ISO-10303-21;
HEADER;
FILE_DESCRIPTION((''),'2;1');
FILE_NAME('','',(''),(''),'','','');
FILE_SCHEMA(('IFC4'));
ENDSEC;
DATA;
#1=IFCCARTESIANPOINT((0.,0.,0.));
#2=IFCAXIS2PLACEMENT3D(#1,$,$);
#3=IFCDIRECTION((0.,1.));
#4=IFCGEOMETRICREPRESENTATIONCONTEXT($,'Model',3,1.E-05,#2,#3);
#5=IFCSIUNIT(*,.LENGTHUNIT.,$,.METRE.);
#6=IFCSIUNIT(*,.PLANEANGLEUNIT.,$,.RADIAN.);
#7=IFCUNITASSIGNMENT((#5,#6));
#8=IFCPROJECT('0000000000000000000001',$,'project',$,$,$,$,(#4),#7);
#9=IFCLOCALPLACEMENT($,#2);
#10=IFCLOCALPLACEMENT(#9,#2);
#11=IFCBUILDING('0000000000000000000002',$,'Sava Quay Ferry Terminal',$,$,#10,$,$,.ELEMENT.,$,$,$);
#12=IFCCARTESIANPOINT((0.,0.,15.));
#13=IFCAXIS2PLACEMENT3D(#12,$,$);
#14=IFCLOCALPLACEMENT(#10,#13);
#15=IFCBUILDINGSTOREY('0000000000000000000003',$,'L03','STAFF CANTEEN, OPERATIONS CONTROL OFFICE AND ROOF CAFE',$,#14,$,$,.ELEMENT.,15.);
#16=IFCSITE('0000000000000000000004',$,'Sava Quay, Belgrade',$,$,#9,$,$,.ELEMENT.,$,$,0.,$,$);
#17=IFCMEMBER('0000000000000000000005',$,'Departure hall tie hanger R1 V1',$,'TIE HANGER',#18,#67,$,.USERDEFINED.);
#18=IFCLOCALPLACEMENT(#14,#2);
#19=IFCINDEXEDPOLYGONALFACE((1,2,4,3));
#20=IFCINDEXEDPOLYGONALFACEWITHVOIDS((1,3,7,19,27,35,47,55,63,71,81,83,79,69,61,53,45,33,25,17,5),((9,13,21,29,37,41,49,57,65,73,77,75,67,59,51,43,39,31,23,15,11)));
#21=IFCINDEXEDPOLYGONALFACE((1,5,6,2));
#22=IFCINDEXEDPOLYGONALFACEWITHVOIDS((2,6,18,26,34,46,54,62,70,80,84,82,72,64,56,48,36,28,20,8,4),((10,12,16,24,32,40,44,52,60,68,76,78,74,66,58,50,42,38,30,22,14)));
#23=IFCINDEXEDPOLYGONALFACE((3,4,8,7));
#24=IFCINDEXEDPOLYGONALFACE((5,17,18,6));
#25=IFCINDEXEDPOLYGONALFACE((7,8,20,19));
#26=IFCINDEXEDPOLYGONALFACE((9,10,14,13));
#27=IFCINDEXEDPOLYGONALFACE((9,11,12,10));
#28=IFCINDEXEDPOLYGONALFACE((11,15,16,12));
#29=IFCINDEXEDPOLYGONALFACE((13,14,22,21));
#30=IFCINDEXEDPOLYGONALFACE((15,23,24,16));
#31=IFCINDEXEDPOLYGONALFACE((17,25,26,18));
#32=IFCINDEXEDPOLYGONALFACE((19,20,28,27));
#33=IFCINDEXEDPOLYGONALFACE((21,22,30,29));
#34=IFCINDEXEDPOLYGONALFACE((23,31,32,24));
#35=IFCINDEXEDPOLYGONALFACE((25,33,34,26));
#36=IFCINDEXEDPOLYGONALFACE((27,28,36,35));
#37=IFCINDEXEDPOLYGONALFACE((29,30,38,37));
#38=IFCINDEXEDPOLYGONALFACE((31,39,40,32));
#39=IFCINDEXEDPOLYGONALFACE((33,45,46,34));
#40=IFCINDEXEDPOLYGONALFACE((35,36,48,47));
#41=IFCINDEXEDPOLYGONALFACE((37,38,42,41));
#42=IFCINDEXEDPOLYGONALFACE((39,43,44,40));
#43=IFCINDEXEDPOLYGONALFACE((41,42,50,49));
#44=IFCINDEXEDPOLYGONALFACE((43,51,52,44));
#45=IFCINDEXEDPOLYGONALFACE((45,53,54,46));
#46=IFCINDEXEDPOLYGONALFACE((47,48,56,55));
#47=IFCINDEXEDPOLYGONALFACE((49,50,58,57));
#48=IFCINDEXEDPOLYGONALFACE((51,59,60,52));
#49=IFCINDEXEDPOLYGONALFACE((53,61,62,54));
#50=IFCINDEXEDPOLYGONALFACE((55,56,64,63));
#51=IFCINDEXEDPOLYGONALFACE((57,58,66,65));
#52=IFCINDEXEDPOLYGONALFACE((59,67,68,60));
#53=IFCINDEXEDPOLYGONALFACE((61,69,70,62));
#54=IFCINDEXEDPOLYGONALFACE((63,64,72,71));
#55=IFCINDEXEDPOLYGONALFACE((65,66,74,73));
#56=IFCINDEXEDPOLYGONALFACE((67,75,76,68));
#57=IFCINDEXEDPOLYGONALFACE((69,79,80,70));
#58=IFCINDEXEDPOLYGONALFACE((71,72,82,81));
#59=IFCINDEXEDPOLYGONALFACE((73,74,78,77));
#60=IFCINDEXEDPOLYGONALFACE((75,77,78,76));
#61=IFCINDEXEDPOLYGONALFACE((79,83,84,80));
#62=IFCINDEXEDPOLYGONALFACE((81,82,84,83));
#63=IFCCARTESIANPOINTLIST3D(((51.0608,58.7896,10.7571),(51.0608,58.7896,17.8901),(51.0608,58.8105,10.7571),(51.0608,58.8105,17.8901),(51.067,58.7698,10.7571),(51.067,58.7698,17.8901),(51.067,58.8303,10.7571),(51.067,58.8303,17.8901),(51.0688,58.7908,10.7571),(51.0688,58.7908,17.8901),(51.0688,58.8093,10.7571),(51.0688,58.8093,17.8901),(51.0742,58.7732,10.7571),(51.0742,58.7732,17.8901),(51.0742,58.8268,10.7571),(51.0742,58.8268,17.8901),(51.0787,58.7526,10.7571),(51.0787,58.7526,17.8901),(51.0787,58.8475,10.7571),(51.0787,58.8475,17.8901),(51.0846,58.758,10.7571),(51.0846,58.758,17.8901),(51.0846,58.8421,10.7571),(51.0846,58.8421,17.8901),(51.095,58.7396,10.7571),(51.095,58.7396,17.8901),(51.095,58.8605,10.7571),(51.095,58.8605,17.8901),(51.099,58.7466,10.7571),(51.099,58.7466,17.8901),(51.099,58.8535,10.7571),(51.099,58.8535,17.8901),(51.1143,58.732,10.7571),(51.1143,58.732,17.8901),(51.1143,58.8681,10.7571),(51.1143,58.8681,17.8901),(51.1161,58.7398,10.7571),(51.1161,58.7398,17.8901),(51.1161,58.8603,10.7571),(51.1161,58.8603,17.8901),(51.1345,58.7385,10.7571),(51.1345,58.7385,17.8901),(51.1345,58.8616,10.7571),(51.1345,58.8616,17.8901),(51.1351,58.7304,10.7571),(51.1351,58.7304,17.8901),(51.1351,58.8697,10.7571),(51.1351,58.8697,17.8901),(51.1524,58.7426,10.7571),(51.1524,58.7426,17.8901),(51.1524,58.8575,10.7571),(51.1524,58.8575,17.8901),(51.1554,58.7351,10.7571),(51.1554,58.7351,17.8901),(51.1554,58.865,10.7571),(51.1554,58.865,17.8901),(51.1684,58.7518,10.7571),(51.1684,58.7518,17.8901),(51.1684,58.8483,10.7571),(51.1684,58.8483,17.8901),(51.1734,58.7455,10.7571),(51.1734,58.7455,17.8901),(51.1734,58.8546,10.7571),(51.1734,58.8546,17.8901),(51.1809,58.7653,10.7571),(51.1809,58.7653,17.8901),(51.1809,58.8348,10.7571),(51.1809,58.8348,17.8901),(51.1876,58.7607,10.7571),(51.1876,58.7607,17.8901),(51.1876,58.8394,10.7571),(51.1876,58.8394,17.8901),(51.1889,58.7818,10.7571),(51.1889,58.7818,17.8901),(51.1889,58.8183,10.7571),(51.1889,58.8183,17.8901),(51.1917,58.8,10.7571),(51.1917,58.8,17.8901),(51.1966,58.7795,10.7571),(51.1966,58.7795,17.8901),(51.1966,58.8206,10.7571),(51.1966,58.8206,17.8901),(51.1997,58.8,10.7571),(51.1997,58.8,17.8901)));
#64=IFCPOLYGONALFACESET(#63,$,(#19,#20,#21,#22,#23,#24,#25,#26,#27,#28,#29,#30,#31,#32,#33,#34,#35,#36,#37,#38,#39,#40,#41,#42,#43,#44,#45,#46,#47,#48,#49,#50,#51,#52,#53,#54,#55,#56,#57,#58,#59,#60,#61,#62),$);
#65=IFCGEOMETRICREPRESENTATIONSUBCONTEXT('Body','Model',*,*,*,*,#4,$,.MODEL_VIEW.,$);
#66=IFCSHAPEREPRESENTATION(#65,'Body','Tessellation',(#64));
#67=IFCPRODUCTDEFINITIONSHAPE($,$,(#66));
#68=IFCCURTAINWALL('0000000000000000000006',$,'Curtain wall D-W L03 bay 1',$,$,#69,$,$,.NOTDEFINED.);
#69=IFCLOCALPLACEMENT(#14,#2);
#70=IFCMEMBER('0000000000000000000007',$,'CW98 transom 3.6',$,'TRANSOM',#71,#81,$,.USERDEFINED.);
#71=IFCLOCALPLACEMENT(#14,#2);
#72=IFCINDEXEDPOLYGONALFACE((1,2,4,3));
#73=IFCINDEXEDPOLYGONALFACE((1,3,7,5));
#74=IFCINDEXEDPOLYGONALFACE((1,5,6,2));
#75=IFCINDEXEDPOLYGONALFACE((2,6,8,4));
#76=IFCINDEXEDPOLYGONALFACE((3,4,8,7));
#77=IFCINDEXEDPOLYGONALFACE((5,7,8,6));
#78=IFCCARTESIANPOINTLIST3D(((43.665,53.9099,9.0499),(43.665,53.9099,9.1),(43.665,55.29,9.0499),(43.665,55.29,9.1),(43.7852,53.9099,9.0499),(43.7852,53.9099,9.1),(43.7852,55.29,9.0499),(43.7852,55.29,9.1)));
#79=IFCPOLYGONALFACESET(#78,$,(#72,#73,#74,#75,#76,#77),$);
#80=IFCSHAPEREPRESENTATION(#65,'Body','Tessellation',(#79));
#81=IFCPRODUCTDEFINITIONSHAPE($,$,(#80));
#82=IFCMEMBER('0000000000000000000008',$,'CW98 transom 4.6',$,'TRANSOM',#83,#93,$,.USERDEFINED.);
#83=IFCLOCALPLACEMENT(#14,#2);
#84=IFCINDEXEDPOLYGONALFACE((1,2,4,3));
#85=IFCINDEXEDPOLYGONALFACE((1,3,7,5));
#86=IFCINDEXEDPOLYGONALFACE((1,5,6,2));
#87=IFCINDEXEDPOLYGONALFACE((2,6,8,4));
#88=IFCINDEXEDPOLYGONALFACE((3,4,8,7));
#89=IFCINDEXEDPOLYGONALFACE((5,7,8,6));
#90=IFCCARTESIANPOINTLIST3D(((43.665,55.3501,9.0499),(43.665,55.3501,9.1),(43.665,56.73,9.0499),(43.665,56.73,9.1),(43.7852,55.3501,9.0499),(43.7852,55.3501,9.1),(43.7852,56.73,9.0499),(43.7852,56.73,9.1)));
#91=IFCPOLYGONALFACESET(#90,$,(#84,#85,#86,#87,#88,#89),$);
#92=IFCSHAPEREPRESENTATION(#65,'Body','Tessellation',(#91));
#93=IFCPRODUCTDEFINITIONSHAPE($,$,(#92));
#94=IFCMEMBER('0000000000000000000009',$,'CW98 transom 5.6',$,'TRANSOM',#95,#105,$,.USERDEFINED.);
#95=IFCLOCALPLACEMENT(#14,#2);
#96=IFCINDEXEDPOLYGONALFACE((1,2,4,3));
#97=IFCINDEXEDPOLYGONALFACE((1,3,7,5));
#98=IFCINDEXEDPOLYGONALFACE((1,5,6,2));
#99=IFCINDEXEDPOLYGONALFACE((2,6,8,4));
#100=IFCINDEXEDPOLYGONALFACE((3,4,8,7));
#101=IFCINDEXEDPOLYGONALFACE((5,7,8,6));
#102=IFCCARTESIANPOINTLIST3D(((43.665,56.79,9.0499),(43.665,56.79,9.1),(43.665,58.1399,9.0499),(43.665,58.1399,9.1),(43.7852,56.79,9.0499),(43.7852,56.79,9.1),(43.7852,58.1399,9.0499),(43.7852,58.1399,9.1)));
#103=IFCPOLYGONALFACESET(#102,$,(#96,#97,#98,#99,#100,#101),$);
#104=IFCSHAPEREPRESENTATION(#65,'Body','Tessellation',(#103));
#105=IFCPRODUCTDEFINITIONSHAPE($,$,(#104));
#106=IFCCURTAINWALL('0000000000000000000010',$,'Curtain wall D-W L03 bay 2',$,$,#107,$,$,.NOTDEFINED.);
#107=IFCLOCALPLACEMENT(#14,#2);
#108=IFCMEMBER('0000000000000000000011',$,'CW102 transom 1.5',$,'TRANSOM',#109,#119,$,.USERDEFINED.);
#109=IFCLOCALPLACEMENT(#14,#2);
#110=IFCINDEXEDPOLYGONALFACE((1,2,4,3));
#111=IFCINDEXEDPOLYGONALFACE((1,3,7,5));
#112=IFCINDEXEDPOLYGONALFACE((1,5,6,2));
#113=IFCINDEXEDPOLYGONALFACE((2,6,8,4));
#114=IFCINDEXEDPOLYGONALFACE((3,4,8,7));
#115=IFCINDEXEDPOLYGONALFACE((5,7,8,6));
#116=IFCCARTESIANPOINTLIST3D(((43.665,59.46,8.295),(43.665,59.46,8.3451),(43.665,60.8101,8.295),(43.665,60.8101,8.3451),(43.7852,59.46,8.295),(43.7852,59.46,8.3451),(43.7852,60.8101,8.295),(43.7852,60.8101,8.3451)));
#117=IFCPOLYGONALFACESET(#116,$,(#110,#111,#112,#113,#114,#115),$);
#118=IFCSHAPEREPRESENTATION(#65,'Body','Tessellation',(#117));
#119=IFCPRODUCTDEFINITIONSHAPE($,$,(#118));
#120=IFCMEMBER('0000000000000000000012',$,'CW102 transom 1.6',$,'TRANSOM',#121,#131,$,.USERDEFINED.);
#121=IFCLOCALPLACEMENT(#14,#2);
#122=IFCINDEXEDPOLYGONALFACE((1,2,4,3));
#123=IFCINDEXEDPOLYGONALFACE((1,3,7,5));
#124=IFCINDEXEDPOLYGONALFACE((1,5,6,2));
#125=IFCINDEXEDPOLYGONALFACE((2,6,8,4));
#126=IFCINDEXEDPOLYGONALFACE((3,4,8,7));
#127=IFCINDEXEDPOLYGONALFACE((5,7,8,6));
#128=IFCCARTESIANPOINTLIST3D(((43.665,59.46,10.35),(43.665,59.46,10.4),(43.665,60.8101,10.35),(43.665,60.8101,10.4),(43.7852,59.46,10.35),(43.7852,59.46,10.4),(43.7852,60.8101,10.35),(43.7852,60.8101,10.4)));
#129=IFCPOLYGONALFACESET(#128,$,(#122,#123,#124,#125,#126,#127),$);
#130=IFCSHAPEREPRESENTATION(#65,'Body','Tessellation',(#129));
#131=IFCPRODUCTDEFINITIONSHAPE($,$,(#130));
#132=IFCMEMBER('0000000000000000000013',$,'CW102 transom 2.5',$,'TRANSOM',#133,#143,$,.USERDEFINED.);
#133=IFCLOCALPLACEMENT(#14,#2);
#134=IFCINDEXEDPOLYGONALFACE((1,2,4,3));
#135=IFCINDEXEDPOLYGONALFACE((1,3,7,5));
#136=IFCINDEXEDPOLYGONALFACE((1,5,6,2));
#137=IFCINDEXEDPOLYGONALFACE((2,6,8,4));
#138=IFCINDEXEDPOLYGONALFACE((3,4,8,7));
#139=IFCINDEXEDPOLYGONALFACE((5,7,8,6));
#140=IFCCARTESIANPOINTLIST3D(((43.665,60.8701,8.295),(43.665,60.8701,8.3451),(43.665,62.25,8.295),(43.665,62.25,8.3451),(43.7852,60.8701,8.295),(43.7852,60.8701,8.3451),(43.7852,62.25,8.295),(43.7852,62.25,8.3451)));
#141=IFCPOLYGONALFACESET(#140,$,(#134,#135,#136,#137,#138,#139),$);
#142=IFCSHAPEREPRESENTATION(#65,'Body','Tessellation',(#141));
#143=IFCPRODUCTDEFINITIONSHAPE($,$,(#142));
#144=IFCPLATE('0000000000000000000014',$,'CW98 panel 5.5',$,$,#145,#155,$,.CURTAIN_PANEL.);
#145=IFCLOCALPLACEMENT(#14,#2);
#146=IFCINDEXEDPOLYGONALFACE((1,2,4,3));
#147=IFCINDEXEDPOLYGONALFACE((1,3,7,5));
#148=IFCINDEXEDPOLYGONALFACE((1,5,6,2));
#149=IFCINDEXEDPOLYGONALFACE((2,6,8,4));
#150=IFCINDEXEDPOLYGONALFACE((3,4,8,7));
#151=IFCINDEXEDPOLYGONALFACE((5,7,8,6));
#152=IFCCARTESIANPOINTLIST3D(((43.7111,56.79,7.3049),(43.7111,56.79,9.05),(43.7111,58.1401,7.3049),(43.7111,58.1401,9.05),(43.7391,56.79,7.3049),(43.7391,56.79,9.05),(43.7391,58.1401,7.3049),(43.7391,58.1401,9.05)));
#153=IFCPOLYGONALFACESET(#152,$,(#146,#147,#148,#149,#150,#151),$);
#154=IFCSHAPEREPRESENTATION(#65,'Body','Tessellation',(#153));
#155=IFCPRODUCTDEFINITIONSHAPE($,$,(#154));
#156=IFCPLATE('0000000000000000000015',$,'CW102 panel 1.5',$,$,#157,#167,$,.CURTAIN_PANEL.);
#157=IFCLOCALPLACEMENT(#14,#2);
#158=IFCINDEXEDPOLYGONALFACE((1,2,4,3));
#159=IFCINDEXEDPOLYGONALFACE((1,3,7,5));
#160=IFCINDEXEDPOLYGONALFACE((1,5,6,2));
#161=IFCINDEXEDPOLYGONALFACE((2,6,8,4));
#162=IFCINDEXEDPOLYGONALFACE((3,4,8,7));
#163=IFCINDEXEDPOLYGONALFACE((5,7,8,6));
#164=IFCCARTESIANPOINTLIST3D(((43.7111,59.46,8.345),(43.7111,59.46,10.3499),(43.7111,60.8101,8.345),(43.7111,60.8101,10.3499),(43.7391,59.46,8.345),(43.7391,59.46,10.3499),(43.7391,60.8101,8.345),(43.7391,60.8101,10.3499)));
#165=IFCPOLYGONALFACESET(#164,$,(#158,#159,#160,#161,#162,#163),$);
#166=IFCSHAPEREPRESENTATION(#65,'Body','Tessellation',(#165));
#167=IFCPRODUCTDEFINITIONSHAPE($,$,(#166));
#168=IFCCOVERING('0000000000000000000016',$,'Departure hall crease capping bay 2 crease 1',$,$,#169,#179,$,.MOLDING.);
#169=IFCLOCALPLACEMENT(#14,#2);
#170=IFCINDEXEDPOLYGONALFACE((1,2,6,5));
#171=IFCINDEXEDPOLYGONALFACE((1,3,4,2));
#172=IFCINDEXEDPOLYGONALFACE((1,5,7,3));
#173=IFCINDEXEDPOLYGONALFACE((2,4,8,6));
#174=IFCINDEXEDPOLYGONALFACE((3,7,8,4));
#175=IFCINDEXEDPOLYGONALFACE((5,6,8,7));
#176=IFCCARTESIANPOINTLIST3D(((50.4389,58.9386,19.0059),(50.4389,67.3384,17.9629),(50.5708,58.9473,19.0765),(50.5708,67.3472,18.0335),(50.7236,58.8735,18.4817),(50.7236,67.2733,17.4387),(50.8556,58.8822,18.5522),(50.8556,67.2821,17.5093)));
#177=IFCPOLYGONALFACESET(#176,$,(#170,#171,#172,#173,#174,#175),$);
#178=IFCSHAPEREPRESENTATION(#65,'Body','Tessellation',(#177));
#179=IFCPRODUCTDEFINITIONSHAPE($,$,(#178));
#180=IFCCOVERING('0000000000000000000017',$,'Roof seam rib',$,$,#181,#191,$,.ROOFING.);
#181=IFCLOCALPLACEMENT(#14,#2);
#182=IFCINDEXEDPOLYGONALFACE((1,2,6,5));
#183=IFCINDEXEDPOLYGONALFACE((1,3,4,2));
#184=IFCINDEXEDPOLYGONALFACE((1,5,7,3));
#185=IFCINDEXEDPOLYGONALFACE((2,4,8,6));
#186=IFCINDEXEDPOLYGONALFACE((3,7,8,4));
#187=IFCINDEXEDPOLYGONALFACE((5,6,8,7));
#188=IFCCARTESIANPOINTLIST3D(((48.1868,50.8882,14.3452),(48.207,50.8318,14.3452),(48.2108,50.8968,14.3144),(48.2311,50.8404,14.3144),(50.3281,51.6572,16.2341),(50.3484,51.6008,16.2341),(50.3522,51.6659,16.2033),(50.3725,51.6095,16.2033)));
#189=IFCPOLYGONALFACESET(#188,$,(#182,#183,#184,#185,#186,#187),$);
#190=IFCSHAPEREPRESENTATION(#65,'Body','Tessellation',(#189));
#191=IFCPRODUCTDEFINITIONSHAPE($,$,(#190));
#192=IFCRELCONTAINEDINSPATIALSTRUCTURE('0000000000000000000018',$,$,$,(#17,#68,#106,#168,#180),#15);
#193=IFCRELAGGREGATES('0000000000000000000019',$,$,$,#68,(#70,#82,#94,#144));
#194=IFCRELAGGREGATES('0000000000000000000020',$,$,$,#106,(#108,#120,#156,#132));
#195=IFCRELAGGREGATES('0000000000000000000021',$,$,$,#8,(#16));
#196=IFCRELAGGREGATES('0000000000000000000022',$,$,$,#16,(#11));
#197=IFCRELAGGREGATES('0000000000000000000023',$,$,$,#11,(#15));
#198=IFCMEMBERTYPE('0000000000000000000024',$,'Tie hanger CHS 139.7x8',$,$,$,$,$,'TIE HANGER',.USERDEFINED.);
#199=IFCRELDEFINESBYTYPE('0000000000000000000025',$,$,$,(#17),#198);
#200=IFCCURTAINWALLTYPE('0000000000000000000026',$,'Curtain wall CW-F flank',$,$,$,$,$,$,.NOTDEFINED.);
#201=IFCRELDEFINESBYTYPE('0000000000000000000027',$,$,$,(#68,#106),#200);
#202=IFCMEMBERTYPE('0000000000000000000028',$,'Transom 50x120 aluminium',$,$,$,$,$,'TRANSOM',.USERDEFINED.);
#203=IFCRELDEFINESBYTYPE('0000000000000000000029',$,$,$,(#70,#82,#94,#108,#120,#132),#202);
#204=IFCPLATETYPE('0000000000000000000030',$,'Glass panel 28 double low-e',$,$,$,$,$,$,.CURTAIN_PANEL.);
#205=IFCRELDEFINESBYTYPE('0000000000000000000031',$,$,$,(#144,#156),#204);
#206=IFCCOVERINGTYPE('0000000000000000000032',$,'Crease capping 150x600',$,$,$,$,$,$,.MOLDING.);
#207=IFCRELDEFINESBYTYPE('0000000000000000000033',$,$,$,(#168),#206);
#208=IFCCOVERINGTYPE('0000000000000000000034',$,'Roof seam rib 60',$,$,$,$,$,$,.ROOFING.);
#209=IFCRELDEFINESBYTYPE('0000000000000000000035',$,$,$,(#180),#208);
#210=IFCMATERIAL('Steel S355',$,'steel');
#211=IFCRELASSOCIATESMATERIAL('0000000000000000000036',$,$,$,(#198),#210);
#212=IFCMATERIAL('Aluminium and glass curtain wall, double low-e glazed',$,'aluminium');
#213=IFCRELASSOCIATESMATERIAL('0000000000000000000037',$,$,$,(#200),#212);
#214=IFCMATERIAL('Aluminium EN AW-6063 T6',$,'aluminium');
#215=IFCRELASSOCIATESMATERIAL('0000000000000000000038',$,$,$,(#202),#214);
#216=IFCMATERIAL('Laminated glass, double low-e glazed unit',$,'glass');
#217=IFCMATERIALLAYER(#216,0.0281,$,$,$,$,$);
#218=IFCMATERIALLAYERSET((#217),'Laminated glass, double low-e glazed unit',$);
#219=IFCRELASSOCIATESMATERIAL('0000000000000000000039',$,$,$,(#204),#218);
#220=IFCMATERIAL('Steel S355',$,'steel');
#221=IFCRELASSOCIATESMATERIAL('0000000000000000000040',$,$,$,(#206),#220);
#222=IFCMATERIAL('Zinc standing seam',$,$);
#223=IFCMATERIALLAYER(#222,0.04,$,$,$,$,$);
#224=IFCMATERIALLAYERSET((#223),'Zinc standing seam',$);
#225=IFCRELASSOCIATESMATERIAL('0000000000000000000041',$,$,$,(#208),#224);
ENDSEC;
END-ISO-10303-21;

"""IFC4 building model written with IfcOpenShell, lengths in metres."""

from ifc_helpers import new_model, si_unit, direction, frame, origin, origin_2d, place, context, subcontext, project, spatial, polyline, rectangle, hollow_circle, outline, extrude, material, layer, layer_set, material_profile, profile_set, type_object, element, aggregate, save


model = new_model("IFC4")

# Units and contexts
model_context = context("Model", 3, precision=1e-05, world=origin(), true_north=direction((0.0, 1.0)))
body_context = subcontext(model_context, "Body", "Model", "MODEL_VIEW")
ifc_project = project(units=[si_unit("LENGTHUNIT", "METRE"), si_unit("PLANEANGLEUNIT", "RADIAN")], contexts=[model_context])

# Site, building, storey
site_placement = place(None, origin())
site = spatial("IfcSite", under=ifc_project, at=site_placement, Name="Sava Quay, Belgrade", CompositionType="ELEMENT", RefElevation=0.0)
building_placement = place(site_placement, origin())
building = spatial("IfcBuilding", under=site, at=building_placement, Name="Sava Quay Ferry Terminal", CompositionType="ELEMENT")
storey_placement = place(building_placement, frame((0.0, 0.0, 15.0)))
storey = spatial("IfcBuildingStorey", under=building, at=storey_placement, Name="L03", Description="STAFF CANTEEN, OPERATIONS CONTROL OFFICE AND ROOF CAFE", CompositionType="ELEMENT", Elevation=15.0)

# Member
ifc_material_1 = material(Name="Steel S355", Category="steel")
ifc_material_profile_1 = material_profile(ifc_material_1, hollow_circle(Radius=0.0698, WallThickness=0.0081, at=origin_2d()), Name="CHS 139.7 x 8.0")
ifc_profile_set_1 = profile_set([ifc_material_profile_1], Name="Steel S355")
member_type_1 = type_object("IfcMemberType", Name="Tie hanger CHS 139.7x8", ElementType="TIE HANGER", PredefinedType="USERDEFINED", material=ifc_profile_set_1)
member_1_placement = place(storey_placement, frame((51.1299, 58.8, 10.7571), z_axis=(0.0, 0.0, 1.0), x_axis=(1.0, 0.0, 0.0)))
element("IfcMember", 1, at=member_1_placement, inside=storey, type_object=member_type_1, Name="Departure hall tie hanger R1 V1", ObjectType="TIE HANGER", PredefinedType="USERDEFINED", context=body_context, shape_type="SweptSolid", body=[
    extrude(hollow_circle(Radius=0.0698, WallThickness=0.0081, at=origin_2d()), origin(), (0.0, 0.0, 1.0), 7.1331),
])

# Curtain walls, members
ifc_material_2 = material(Name="Aluminium and glass curtain wall, double low-e glazed", Category="aluminium")
curtain_wall_type = type_object("IfcCurtainWallType", Name="Curtain wall CW-F flank", PredefinedType="NOTDEFINED", material=ifc_material_2)
curtain_wall_1_placement = place(storey_placement, origin())
curtain_wall_1 = element("IfcCurtainWall", 2, at=curtain_wall_1_placement, inside=storey, type_object=curtain_wall_type, Name="Curtain wall D-W L03 bay 1", PredefinedType="NOTDEFINED")
ifc_material_3 = material(Name="Aluminium EN AW-6063 T6", Category="aluminium")
ifc_material_profile_2 = material_profile(ifc_material_3, rectangle(XDim=0.1201, YDim=0.05, at=origin_2d()), Name="Transom 50x120 aluminium")
ifc_profile_set_2 = profile_set([ifc_material_profile_2], Name="Aluminium EN AW-6063 T6")
member_type_2 = type_object("IfcMemberType", Name="Transom 50x120 aluminium", ElementType="TRANSOM", PredefinedType="USERDEFINED", material=ifc_profile_set_2)
member_2_placement = place(storey_placement, frame((43.7251, 53.9099, 9.075), z_axis=(0.0, 1.0, 0.0), x_axis=(-1.0, 0.0, 0.0)))
member_2 = element("IfcMember", 3, at=member_2_placement, type_object=member_type_2, Name="CW98 transom 3.6", ObjectType="TRANSOM", PredefinedType="USERDEFINED", context=body_context, shape_type="SweptSolid", body=[
    extrude(rectangle(XDim=0.1201, YDim=0.05, at=origin_2d()), origin(), (0.0, 0.0, 1.0), 1.3801),
])
member_3_placement = place(storey_placement, frame((43.7251, 55.3501, 9.075), z_axis=(0.0, 1.0, 0.0), x_axis=(-1.0, 0.0, 0.0)))
member_3 = element("IfcMember", 4, at=member_3_placement, type_object=member_type_2, Name="CW98 transom 4.6", ObjectType="TRANSOM", PredefinedType="USERDEFINED", context=body_context, shape_type="SweptSolid", body=[
    extrude(rectangle(XDim=0.1201, YDim=0.05, at=origin_2d()), origin(), (0.0, 0.0, 1.0), 1.3799),
])
member_4_placement = place(storey_placement, frame((43.7251, 56.79, 9.075), z_axis=(0.0, 1.0, 0.0), x_axis=(-1.0, 0.0, 0.0)))
member_4 = element("IfcMember", 5, at=member_4_placement, type_object=member_type_2, Name="CW98 transom 5.6", ObjectType="TRANSOM", PredefinedType="USERDEFINED", context=body_context, shape_type="SweptSolid", body=[
    extrude(rectangle(XDim=0.1201, YDim=0.05, at=origin_2d()), origin(), (0.0, 0.0, 1.0), 1.3499),
])
curtain_wall_2_placement = place(storey_placement, origin())
curtain_wall_2 = element("IfcCurtainWall", 6, at=curtain_wall_2_placement, inside=storey, type_object=curtain_wall_type, Name="Curtain wall D-W L03 bay 2", PredefinedType="NOTDEFINED")
member_5_placement = place(storey_placement, frame((43.7251, 59.46, 8.3201), z_axis=(0.0, 1.0, 0.0), x_axis=(-1.0, 0.0, 0.0)))
member_5 = element("IfcMember", 7, at=member_5_placement, type_object=member_type_2, Name="CW102 transom 1.5", ObjectType="TRANSOM", PredefinedType="USERDEFINED", context=body_context, shape_type="SweptSolid", body=[
    extrude(rectangle(XDim=0.1201, YDim=0.05, at=origin_2d()), origin(), (0.0, 0.0, 1.0), 1.3501),
])
member_6_placement = place(storey_placement, frame((43.7251, 59.46, 10.375), z_axis=(0.0, 1.0, 0.0), x_axis=(-1.0, 0.0, 0.0)))
member_6 = element("IfcMember", 8, at=member_6_placement, type_object=member_type_2, Name="CW102 transom 1.6", ObjectType="TRANSOM", PredefinedType="USERDEFINED", context=body_context, shape_type="SweptSolid", body=[
    extrude(rectangle(XDim=0.1201, YDim=0.05, at=origin_2d()), origin(), (0.0, 0.0, 1.0), 1.3501),
])
member_7_placement = place(storey_placement, frame((43.7251, 60.8701, 8.3201), z_axis=(0.0, 1.0, 0.0), x_axis=(-1.0, 0.0, 0.0)))
member_7 = element("IfcMember", 9, at=member_7_placement, type_object=member_type_2, Name="CW102 transom 2.5", ObjectType="TRANSOM", PredefinedType="USERDEFINED", context=body_context, shape_type="SweptSolid", body=[
    extrude(rectangle(XDim=0.1201, YDim=0.05, at=origin_2d()), origin(), (0.0, 0.0, 1.0), 1.3799),
])

# Plates
ifc_material_4 = material(Name="Laminated glass, double low-e glazed unit", Category="glass")
ifc_layer_1 = layer(ifc_material_4, 0.0281)
ifc_layer_set_1 = layer_set([ifc_layer_1], Name="Laminated glass, double low-e glazed unit")
plate_type = type_object("IfcPlateType", Name="Glass panel 28 double low-e", PredefinedType="CURTAIN_PANEL", material=ifc_layer_set_1)
plate_1_placement = place(storey_placement, frame((43.7251, 57.4651, 7.3049), z_axis=(0.0, 0.0, 1.0), x_axis=(0.0, 1.0, 0.0)))
plate_1 = element("IfcPlate", 10, at=plate_1_placement, type_object=plate_type, Name="CW98 panel 5.5", PredefinedType="CURTAIN_PANEL", context=body_context, shape_type="SweptSolid", body=[
    extrude(rectangle(XDim=1.3501, YDim=0.0281, at=origin_2d()), origin(), (0.0, 0.0, 1.0), 1.7451),
])
aggregate(curtain_wall_1, [member_2, member_3, member_4, plate_1])
plate_2_placement = place(storey_placement, frame((43.7251, 60.135, 8.345), z_axis=(0.0, 0.0, 1.0), x_axis=(0.0, 1.0, 0.0)))
plate_2 = element("IfcPlate", 11, at=plate_2_placement, type_object=plate_type, Name="CW102 panel 1.5", PredefinedType="CURTAIN_PANEL", context=body_context, shape_type="SweptSolid", body=[
    extrude(rectangle(XDim=1.3501, YDim=0.0281, at=origin_2d()), origin(), (0.0, 0.0, 1.0), 2.0049),
])
aggregate(curtain_wall_2, [member_5, member_6, plate_2, member_7])

# Coverings
ifc_material_5 = material(Name="Steel S355", Category="steel")
ifc_material_profile_3 = material_profile(ifc_material_5, rectangle(XDim=0.1499, YDim=0.6001, at=origin_2d()), Name="Cap 150 x 600")
ifc_profile_set_3 = profile_set([ifc_material_profile_3], Name="Steel S355")
covering_type_1 = type_object("IfcCoveringType", Name="Crease capping 150x600", PredefinedType="MOLDING", material=ifc_profile_set_3)
covering_1_placement = place(storey_placement, frame((50.6472, 58.9104, 18.7791), z_axis=(0.0, 0.99238, -0.123218), x_axis=(-0.880258, -0.058467, -0.47088)))
element("IfcCovering", 12, at=covering_1_placement, inside=storey, type_object=covering_type_1, Name="Departure hall crease capping bay 2 crease 1", PredefinedType="MOLDING", context=body_context, shape_type="SweptSolid", body=[
    extrude(rectangle(XDim=0.1499, YDim=0.6001, at=origin_2d()), origin(), (0.0, 0.0, 1.0), 8.4644),
])
ifc_material_6 = material(Name="Zinc standing seam")
ifc_layer_2 = layer(ifc_material_6, 0.04)
ifc_layer_set_2 = layer_set([ifc_layer_2], Name="Zinc standing seam")
covering_type_2 = type_object("IfcCoveringType", Name="Roof seam rib 60", PredefinedType="ROOFING", material=ifc_layer_set_2)
covering_2_placement = place(storey_placement, frame((48.1868, 50.8882, 14.3452), z_axis=(-0.601132, -0.215991, 0.769407), x_axis=(0.724124, 0.260061, 0.638758)))
element("IfcCovering", 13, at=covering_2_placement, inside=storey, type_object=covering_type_2, Name="Roof seam rib", PredefinedType="ROOFING", context=body_context, shape_type="SweptSolid", body=[
    extrude(outline(polyline([(0.0, 0.0), (2.9572, 0.0), (2.9572, -0.0599), (0.0, -0.0599), (0.0, 0.0)])), origin(), (0.0, 0.0, -1.0), 0.04),
])

save(model, "model.ifc")
